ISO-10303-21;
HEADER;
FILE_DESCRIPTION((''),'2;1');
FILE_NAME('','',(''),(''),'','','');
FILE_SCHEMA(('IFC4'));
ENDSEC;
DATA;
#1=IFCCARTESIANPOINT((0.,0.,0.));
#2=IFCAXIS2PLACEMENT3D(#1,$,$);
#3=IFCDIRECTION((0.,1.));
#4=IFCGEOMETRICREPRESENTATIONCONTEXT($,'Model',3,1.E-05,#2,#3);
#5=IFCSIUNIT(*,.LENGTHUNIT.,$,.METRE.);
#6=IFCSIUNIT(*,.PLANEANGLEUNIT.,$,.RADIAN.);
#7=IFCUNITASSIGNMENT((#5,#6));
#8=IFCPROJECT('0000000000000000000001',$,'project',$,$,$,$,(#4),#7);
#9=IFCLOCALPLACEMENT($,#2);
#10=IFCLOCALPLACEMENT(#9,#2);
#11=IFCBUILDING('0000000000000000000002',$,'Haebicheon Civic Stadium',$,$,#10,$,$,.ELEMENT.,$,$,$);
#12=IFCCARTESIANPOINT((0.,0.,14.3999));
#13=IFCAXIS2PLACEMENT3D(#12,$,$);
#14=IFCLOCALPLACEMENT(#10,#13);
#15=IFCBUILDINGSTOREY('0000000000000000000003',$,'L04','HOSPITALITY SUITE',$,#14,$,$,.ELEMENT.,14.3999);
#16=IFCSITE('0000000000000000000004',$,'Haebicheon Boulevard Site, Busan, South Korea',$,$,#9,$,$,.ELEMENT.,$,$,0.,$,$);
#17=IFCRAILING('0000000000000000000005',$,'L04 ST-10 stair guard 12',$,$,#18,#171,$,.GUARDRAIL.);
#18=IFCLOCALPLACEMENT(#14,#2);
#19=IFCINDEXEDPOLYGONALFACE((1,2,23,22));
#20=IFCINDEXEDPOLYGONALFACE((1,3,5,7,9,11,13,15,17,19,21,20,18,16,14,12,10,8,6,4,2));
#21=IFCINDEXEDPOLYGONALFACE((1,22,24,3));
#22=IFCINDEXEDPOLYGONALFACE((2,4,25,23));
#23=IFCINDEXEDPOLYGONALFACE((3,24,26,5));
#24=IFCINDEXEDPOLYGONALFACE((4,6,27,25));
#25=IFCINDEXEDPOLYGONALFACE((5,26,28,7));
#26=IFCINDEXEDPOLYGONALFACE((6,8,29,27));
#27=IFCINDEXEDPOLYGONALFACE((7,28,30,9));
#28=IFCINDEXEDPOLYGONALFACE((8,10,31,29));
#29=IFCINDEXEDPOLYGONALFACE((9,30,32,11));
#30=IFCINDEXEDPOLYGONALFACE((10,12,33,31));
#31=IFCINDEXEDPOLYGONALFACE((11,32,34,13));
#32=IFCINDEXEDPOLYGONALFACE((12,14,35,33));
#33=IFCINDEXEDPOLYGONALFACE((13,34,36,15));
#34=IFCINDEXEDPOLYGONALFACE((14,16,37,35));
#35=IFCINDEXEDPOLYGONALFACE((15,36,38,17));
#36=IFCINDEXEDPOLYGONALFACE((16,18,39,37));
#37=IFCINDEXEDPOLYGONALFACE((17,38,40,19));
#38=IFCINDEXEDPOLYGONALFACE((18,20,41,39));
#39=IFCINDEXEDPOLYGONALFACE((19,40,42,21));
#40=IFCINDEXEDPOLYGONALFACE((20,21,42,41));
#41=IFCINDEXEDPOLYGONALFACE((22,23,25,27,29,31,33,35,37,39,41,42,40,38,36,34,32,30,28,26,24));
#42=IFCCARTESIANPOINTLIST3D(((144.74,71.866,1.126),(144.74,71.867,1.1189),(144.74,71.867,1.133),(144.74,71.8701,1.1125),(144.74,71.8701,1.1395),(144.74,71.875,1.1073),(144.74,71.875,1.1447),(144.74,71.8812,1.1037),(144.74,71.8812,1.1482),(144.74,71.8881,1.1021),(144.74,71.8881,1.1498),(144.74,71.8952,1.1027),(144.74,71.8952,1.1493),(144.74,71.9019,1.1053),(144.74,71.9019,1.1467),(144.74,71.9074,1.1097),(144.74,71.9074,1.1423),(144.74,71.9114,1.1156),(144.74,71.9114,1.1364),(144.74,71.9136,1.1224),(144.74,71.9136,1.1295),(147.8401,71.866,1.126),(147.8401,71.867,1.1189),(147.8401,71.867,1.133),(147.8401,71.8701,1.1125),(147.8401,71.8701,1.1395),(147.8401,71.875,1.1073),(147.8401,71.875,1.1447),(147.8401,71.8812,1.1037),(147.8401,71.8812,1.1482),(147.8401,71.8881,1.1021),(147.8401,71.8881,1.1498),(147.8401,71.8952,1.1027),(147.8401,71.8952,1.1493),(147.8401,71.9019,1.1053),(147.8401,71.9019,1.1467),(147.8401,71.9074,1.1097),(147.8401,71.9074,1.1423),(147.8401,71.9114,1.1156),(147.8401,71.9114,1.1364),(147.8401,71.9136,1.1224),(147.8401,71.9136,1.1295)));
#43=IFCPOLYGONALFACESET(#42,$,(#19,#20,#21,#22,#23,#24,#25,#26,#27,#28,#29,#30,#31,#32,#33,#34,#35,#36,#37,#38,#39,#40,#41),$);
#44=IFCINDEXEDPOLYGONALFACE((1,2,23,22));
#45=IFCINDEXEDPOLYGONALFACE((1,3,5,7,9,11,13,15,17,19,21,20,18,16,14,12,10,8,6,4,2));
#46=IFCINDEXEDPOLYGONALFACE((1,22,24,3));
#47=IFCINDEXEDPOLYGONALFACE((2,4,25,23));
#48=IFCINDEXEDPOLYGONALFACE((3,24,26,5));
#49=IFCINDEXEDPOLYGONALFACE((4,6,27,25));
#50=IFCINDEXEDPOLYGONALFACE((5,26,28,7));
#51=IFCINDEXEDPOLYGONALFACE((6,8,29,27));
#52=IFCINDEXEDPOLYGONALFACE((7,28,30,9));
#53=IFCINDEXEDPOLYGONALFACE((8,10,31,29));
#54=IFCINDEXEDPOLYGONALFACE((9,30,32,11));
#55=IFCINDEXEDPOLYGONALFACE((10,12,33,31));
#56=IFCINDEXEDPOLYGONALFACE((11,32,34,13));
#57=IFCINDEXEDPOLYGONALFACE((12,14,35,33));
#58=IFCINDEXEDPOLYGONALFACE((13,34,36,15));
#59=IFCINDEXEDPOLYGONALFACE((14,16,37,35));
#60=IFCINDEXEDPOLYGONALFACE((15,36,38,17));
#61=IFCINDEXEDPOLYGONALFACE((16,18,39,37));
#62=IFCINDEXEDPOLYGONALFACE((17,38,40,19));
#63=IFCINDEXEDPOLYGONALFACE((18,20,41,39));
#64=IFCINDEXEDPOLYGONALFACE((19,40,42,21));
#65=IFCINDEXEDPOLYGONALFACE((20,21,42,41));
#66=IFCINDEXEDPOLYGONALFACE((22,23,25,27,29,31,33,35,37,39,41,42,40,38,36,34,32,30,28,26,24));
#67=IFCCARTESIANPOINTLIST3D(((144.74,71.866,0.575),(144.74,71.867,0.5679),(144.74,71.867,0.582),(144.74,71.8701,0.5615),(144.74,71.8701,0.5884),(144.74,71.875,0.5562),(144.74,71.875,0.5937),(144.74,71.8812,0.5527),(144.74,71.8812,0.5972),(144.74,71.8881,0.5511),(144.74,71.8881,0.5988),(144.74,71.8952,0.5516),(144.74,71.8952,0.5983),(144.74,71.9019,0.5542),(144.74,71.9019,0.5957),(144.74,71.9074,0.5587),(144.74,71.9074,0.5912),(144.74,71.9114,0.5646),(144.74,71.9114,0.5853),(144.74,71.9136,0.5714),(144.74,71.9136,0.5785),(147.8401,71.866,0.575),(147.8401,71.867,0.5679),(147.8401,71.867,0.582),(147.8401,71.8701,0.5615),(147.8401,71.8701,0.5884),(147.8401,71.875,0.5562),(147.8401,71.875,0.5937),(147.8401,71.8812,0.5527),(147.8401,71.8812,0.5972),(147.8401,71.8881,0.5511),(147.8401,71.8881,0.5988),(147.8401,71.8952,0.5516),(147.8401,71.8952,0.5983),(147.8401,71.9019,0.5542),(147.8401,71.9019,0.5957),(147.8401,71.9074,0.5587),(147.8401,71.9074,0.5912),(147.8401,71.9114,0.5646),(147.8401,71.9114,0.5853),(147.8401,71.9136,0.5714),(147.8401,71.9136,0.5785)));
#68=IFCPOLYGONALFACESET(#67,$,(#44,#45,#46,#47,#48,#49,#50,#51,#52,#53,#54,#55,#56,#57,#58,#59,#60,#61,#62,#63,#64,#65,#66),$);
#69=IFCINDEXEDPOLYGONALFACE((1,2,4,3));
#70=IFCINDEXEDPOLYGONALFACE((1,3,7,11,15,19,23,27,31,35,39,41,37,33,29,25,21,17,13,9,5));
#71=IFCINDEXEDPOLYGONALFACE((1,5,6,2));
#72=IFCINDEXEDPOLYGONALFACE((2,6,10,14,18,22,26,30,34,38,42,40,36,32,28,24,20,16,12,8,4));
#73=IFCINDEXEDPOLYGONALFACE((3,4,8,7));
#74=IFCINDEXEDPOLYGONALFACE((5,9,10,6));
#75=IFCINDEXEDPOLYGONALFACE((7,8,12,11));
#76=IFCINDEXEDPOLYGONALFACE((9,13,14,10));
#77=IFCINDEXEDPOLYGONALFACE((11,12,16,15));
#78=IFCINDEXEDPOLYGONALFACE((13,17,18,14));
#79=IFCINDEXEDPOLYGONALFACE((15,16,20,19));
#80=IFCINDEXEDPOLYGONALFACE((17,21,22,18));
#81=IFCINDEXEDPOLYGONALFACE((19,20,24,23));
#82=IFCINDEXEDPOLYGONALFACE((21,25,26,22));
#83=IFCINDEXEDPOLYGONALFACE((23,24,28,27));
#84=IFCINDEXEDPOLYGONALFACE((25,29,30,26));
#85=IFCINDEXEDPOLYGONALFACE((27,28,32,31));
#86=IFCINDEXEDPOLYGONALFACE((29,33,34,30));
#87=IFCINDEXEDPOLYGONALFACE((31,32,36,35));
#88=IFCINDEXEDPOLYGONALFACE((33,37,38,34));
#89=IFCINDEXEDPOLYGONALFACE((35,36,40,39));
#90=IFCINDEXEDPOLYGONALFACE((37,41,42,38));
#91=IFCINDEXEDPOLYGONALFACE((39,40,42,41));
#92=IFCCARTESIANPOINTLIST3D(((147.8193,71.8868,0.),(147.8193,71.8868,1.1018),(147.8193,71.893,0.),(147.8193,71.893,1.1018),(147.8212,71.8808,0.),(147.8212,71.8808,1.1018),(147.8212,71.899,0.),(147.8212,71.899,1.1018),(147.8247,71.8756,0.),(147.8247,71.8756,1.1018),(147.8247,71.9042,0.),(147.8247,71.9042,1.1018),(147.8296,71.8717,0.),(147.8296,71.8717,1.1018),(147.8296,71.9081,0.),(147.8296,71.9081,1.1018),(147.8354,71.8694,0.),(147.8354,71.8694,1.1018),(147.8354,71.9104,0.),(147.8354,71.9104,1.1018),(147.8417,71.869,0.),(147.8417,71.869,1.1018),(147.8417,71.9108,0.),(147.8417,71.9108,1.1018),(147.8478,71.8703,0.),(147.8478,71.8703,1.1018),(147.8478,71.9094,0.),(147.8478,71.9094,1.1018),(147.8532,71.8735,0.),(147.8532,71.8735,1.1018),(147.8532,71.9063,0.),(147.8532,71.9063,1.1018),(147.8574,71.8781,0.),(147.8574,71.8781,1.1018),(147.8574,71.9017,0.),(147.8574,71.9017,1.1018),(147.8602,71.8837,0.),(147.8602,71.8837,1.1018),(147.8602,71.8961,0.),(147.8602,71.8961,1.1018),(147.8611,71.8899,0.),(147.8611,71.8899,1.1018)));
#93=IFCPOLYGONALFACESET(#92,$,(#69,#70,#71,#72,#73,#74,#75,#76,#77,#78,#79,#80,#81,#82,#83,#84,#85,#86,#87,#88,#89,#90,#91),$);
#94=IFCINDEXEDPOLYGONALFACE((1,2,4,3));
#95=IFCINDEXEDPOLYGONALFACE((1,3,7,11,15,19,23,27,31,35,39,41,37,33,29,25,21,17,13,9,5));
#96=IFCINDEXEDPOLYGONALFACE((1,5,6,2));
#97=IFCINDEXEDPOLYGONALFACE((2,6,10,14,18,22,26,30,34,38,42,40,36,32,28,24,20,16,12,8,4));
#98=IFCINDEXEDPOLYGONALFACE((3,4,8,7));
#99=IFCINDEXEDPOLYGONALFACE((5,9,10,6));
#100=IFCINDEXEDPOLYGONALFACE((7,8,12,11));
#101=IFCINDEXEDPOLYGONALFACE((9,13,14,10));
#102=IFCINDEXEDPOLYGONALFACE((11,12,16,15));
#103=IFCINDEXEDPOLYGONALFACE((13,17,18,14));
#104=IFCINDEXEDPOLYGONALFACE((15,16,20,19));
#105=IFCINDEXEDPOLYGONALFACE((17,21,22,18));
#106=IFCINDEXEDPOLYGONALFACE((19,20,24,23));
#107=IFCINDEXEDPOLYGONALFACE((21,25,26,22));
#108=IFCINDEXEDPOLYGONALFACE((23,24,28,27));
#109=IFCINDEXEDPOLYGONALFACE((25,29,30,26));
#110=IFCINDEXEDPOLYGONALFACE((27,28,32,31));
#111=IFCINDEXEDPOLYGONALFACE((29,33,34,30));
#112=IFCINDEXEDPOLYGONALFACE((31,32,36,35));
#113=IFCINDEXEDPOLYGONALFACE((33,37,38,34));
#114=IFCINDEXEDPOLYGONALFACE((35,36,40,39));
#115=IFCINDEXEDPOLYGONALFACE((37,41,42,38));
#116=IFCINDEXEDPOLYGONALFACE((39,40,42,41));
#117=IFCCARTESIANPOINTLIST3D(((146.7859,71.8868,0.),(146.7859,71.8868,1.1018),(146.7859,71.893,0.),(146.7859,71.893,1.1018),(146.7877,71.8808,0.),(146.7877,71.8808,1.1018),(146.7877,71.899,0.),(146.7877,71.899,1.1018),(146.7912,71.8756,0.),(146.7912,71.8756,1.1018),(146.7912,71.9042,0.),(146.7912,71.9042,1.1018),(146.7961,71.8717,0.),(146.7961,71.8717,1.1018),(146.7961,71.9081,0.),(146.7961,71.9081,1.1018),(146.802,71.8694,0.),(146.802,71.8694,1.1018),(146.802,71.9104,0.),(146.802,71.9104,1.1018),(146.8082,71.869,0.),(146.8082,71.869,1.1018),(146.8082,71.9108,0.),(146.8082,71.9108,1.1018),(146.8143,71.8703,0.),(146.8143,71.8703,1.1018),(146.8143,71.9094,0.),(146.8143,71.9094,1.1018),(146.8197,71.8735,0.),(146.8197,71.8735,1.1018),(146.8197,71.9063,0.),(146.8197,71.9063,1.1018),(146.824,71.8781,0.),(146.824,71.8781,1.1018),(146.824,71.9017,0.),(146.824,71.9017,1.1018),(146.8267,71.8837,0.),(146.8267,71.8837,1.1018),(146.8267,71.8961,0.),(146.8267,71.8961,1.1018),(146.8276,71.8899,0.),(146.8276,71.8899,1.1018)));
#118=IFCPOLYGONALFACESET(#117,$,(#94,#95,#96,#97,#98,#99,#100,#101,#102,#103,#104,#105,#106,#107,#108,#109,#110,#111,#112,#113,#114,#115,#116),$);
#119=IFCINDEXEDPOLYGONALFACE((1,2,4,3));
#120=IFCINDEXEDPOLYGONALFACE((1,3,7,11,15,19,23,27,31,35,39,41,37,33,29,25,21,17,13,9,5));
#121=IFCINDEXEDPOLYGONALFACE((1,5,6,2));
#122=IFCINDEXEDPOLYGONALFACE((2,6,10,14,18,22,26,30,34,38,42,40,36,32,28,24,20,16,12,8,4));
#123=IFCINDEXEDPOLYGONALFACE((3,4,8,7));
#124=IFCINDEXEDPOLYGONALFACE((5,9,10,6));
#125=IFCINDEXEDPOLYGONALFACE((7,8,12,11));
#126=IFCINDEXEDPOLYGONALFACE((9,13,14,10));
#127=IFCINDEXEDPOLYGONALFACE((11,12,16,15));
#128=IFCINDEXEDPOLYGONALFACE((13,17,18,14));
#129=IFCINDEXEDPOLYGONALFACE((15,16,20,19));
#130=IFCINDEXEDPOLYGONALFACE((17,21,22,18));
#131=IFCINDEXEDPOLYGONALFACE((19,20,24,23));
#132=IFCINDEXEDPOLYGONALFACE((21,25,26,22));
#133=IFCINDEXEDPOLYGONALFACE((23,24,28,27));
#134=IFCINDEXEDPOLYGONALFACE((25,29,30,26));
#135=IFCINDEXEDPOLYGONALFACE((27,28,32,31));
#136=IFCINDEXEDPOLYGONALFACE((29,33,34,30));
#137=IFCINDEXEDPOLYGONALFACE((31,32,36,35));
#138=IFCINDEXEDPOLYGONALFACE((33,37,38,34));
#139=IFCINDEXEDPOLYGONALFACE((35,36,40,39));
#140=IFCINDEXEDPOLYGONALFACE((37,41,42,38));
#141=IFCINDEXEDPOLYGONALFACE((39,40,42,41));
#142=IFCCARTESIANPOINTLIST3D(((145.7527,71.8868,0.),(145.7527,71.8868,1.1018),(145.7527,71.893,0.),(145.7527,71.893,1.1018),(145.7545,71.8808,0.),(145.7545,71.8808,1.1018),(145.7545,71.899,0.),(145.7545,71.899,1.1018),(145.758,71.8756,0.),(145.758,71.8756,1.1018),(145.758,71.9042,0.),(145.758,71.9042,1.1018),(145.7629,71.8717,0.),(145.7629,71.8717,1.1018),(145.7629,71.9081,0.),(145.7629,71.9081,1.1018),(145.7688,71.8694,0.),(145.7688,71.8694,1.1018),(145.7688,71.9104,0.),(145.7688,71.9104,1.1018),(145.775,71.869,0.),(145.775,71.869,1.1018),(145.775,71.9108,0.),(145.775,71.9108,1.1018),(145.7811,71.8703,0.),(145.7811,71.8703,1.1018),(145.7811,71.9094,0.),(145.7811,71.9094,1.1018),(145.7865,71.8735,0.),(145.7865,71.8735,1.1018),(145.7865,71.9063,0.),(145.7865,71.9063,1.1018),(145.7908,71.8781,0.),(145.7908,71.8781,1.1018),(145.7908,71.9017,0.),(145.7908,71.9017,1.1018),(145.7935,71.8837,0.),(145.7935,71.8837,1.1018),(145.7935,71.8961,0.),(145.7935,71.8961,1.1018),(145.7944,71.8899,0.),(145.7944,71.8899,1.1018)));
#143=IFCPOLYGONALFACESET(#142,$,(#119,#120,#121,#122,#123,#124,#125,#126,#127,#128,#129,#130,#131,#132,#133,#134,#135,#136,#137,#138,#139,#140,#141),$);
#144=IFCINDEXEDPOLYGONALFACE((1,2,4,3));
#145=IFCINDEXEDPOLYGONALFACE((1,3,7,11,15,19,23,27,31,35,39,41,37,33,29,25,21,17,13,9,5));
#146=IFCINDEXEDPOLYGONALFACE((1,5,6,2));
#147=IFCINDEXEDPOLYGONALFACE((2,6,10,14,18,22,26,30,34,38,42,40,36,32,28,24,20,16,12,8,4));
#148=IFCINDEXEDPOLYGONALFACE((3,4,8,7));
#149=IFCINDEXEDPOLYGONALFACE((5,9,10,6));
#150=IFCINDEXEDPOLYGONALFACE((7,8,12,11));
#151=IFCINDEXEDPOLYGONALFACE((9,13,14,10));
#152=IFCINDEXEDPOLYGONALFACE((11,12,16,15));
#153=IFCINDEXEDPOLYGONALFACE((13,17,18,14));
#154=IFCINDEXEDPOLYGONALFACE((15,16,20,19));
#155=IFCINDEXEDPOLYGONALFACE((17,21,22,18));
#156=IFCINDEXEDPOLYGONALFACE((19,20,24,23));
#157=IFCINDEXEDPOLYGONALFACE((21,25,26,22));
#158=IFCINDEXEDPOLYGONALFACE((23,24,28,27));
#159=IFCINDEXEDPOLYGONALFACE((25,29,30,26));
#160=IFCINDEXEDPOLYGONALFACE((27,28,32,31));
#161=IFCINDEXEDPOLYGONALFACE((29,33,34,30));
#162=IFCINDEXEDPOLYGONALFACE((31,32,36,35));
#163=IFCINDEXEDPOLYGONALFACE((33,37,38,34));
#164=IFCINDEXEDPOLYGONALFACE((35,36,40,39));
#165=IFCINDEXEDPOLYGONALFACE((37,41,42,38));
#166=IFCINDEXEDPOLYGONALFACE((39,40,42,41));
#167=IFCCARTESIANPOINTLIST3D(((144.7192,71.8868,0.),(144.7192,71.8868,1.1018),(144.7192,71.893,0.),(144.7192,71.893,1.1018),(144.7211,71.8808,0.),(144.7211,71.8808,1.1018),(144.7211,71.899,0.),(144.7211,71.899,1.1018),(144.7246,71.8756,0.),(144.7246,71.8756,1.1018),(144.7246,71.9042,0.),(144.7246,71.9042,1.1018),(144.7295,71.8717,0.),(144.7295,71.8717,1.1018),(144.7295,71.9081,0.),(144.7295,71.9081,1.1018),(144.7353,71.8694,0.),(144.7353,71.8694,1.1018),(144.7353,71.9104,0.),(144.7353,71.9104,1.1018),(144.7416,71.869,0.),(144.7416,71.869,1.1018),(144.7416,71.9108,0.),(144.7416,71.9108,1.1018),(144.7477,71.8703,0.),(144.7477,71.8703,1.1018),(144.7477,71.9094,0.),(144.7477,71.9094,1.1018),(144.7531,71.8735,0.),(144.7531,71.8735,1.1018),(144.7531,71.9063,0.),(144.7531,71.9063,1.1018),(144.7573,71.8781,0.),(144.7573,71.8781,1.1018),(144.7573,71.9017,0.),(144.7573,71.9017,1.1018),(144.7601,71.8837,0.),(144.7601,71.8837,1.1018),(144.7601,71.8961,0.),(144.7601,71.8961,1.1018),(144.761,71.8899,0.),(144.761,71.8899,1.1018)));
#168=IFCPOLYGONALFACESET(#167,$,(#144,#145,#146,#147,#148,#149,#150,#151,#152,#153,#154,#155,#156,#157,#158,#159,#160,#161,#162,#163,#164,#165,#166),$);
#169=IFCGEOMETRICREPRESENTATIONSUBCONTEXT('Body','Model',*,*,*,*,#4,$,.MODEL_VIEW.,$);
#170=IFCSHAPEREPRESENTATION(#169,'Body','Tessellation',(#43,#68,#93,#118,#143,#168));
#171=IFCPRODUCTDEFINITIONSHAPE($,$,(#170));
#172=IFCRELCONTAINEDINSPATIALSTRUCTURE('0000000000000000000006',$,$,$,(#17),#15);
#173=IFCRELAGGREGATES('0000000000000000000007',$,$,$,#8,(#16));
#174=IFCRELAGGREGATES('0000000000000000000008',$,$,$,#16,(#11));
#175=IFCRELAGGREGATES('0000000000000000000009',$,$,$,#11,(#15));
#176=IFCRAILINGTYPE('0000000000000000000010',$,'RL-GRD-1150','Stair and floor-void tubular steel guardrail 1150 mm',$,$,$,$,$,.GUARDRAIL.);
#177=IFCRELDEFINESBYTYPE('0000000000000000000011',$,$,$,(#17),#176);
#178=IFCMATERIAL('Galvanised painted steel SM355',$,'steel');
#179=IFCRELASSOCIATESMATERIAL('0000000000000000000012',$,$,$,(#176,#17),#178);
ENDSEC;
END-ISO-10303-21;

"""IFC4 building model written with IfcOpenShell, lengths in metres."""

from ifc_helpers import new_model, si_unit, direction, frame, origin, origin_2d, place, context, subcontext, project, spatial, circle, extrude, material, type_object, element, save


model = new_model("IFC4")

# Units and contexts
model_context = context("Model", 3, precision=1e-05, world=origin(), true_north=direction((0.0, 1.0)))
body_context = subcontext(model_context, "Body", "Model", "MODEL_VIEW")
ifc_project = project(units=[si_unit("LENGTHUNIT", "METRE"), si_unit("PLANEANGLEUNIT", "RADIAN")], contexts=[model_context])

# Site, building, storey
site_placement = place(None, origin())
site = spatial("IfcSite", under=ifc_project, at=site_placement, Name="Haebicheon Boulevard Site, Busan, South Korea", CompositionType="ELEMENT", RefElevation=0.0)
building_placement = place(site_placement, origin())
building = spatial("IfcBuilding", under=site, at=building_placement, Name="Haebicheon Civic Stadium", CompositionType="ELEMENT")
storey_placement = place(building_placement, frame((0.0, 0.0, 14.3999)))
storey = spatial("IfcBuildingStorey", under=building, at=storey_placement, Name="L04", Description="HOSPITALITY SUITE", CompositionType="ELEMENT", Elevation=14.3999)

# Railing
ifc_material_1 = material(Name="Galvanised painted steel SM355", Category="steel")
railing_type = type_object("IfcRailingType", Name="RL-GRD-1150", Description="Stair and floor-void tubular steel guardrail 1150 mm", PredefinedType="GUARDRAIL", material=ifc_material_1)
railing_1_placement = place(storey_placement, frame((147.8401, 71.8899, 0.0)))
element("IfcRailing", 1, at=railing_1_placement, inside=storey, type_object=railing_type, material=ifc_material_1, Name="L04 ST-10 stair guard 12", PredefinedType="GUARDRAIL", context=body_context, shape_type="SweptSolid", body=[
    extrude(circle(Radius=0.0239, at=origin_2d()), frame((0.0, 0.0, 1.126), z_axis=(-1.0, 0.0, 0.0), x_axis=(0.0, -1.0, 0.0)), (0.0, 0.0, 1.0), 3.1001),
    extrude(circle(Radius=0.0239, at=origin_2d()), frame((0.0, 0.0, 0.575), z_axis=(-1.0, 0.0, 0.0), x_axis=(0.0, -1.0, 0.0)), (0.0, 0.0, 1.0), 3.1001),
    extrude(circle(Radius=0.021, at=origin_2d()), origin(), (0.0, 0.0, 1.0), 1.1018),
    extrude(circle(Radius=0.021, at=origin_2d()), frame((-1.0334, 0.0, 0.0)), (0.0, 0.0, 1.0), 1.1018),
    extrude(circle(Radius=0.021, at=origin_2d()), frame((-2.0667, 0.0, 0.0)), (0.0, 0.0, 1.0), 1.1018),
    extrude(circle(Radius=0.021, at=origin_2d()), frame((-3.1001, 0.0, 0.0)), (0.0, 0.0, 1.0), 1.1018),
])

save(model, "model.ifc")
